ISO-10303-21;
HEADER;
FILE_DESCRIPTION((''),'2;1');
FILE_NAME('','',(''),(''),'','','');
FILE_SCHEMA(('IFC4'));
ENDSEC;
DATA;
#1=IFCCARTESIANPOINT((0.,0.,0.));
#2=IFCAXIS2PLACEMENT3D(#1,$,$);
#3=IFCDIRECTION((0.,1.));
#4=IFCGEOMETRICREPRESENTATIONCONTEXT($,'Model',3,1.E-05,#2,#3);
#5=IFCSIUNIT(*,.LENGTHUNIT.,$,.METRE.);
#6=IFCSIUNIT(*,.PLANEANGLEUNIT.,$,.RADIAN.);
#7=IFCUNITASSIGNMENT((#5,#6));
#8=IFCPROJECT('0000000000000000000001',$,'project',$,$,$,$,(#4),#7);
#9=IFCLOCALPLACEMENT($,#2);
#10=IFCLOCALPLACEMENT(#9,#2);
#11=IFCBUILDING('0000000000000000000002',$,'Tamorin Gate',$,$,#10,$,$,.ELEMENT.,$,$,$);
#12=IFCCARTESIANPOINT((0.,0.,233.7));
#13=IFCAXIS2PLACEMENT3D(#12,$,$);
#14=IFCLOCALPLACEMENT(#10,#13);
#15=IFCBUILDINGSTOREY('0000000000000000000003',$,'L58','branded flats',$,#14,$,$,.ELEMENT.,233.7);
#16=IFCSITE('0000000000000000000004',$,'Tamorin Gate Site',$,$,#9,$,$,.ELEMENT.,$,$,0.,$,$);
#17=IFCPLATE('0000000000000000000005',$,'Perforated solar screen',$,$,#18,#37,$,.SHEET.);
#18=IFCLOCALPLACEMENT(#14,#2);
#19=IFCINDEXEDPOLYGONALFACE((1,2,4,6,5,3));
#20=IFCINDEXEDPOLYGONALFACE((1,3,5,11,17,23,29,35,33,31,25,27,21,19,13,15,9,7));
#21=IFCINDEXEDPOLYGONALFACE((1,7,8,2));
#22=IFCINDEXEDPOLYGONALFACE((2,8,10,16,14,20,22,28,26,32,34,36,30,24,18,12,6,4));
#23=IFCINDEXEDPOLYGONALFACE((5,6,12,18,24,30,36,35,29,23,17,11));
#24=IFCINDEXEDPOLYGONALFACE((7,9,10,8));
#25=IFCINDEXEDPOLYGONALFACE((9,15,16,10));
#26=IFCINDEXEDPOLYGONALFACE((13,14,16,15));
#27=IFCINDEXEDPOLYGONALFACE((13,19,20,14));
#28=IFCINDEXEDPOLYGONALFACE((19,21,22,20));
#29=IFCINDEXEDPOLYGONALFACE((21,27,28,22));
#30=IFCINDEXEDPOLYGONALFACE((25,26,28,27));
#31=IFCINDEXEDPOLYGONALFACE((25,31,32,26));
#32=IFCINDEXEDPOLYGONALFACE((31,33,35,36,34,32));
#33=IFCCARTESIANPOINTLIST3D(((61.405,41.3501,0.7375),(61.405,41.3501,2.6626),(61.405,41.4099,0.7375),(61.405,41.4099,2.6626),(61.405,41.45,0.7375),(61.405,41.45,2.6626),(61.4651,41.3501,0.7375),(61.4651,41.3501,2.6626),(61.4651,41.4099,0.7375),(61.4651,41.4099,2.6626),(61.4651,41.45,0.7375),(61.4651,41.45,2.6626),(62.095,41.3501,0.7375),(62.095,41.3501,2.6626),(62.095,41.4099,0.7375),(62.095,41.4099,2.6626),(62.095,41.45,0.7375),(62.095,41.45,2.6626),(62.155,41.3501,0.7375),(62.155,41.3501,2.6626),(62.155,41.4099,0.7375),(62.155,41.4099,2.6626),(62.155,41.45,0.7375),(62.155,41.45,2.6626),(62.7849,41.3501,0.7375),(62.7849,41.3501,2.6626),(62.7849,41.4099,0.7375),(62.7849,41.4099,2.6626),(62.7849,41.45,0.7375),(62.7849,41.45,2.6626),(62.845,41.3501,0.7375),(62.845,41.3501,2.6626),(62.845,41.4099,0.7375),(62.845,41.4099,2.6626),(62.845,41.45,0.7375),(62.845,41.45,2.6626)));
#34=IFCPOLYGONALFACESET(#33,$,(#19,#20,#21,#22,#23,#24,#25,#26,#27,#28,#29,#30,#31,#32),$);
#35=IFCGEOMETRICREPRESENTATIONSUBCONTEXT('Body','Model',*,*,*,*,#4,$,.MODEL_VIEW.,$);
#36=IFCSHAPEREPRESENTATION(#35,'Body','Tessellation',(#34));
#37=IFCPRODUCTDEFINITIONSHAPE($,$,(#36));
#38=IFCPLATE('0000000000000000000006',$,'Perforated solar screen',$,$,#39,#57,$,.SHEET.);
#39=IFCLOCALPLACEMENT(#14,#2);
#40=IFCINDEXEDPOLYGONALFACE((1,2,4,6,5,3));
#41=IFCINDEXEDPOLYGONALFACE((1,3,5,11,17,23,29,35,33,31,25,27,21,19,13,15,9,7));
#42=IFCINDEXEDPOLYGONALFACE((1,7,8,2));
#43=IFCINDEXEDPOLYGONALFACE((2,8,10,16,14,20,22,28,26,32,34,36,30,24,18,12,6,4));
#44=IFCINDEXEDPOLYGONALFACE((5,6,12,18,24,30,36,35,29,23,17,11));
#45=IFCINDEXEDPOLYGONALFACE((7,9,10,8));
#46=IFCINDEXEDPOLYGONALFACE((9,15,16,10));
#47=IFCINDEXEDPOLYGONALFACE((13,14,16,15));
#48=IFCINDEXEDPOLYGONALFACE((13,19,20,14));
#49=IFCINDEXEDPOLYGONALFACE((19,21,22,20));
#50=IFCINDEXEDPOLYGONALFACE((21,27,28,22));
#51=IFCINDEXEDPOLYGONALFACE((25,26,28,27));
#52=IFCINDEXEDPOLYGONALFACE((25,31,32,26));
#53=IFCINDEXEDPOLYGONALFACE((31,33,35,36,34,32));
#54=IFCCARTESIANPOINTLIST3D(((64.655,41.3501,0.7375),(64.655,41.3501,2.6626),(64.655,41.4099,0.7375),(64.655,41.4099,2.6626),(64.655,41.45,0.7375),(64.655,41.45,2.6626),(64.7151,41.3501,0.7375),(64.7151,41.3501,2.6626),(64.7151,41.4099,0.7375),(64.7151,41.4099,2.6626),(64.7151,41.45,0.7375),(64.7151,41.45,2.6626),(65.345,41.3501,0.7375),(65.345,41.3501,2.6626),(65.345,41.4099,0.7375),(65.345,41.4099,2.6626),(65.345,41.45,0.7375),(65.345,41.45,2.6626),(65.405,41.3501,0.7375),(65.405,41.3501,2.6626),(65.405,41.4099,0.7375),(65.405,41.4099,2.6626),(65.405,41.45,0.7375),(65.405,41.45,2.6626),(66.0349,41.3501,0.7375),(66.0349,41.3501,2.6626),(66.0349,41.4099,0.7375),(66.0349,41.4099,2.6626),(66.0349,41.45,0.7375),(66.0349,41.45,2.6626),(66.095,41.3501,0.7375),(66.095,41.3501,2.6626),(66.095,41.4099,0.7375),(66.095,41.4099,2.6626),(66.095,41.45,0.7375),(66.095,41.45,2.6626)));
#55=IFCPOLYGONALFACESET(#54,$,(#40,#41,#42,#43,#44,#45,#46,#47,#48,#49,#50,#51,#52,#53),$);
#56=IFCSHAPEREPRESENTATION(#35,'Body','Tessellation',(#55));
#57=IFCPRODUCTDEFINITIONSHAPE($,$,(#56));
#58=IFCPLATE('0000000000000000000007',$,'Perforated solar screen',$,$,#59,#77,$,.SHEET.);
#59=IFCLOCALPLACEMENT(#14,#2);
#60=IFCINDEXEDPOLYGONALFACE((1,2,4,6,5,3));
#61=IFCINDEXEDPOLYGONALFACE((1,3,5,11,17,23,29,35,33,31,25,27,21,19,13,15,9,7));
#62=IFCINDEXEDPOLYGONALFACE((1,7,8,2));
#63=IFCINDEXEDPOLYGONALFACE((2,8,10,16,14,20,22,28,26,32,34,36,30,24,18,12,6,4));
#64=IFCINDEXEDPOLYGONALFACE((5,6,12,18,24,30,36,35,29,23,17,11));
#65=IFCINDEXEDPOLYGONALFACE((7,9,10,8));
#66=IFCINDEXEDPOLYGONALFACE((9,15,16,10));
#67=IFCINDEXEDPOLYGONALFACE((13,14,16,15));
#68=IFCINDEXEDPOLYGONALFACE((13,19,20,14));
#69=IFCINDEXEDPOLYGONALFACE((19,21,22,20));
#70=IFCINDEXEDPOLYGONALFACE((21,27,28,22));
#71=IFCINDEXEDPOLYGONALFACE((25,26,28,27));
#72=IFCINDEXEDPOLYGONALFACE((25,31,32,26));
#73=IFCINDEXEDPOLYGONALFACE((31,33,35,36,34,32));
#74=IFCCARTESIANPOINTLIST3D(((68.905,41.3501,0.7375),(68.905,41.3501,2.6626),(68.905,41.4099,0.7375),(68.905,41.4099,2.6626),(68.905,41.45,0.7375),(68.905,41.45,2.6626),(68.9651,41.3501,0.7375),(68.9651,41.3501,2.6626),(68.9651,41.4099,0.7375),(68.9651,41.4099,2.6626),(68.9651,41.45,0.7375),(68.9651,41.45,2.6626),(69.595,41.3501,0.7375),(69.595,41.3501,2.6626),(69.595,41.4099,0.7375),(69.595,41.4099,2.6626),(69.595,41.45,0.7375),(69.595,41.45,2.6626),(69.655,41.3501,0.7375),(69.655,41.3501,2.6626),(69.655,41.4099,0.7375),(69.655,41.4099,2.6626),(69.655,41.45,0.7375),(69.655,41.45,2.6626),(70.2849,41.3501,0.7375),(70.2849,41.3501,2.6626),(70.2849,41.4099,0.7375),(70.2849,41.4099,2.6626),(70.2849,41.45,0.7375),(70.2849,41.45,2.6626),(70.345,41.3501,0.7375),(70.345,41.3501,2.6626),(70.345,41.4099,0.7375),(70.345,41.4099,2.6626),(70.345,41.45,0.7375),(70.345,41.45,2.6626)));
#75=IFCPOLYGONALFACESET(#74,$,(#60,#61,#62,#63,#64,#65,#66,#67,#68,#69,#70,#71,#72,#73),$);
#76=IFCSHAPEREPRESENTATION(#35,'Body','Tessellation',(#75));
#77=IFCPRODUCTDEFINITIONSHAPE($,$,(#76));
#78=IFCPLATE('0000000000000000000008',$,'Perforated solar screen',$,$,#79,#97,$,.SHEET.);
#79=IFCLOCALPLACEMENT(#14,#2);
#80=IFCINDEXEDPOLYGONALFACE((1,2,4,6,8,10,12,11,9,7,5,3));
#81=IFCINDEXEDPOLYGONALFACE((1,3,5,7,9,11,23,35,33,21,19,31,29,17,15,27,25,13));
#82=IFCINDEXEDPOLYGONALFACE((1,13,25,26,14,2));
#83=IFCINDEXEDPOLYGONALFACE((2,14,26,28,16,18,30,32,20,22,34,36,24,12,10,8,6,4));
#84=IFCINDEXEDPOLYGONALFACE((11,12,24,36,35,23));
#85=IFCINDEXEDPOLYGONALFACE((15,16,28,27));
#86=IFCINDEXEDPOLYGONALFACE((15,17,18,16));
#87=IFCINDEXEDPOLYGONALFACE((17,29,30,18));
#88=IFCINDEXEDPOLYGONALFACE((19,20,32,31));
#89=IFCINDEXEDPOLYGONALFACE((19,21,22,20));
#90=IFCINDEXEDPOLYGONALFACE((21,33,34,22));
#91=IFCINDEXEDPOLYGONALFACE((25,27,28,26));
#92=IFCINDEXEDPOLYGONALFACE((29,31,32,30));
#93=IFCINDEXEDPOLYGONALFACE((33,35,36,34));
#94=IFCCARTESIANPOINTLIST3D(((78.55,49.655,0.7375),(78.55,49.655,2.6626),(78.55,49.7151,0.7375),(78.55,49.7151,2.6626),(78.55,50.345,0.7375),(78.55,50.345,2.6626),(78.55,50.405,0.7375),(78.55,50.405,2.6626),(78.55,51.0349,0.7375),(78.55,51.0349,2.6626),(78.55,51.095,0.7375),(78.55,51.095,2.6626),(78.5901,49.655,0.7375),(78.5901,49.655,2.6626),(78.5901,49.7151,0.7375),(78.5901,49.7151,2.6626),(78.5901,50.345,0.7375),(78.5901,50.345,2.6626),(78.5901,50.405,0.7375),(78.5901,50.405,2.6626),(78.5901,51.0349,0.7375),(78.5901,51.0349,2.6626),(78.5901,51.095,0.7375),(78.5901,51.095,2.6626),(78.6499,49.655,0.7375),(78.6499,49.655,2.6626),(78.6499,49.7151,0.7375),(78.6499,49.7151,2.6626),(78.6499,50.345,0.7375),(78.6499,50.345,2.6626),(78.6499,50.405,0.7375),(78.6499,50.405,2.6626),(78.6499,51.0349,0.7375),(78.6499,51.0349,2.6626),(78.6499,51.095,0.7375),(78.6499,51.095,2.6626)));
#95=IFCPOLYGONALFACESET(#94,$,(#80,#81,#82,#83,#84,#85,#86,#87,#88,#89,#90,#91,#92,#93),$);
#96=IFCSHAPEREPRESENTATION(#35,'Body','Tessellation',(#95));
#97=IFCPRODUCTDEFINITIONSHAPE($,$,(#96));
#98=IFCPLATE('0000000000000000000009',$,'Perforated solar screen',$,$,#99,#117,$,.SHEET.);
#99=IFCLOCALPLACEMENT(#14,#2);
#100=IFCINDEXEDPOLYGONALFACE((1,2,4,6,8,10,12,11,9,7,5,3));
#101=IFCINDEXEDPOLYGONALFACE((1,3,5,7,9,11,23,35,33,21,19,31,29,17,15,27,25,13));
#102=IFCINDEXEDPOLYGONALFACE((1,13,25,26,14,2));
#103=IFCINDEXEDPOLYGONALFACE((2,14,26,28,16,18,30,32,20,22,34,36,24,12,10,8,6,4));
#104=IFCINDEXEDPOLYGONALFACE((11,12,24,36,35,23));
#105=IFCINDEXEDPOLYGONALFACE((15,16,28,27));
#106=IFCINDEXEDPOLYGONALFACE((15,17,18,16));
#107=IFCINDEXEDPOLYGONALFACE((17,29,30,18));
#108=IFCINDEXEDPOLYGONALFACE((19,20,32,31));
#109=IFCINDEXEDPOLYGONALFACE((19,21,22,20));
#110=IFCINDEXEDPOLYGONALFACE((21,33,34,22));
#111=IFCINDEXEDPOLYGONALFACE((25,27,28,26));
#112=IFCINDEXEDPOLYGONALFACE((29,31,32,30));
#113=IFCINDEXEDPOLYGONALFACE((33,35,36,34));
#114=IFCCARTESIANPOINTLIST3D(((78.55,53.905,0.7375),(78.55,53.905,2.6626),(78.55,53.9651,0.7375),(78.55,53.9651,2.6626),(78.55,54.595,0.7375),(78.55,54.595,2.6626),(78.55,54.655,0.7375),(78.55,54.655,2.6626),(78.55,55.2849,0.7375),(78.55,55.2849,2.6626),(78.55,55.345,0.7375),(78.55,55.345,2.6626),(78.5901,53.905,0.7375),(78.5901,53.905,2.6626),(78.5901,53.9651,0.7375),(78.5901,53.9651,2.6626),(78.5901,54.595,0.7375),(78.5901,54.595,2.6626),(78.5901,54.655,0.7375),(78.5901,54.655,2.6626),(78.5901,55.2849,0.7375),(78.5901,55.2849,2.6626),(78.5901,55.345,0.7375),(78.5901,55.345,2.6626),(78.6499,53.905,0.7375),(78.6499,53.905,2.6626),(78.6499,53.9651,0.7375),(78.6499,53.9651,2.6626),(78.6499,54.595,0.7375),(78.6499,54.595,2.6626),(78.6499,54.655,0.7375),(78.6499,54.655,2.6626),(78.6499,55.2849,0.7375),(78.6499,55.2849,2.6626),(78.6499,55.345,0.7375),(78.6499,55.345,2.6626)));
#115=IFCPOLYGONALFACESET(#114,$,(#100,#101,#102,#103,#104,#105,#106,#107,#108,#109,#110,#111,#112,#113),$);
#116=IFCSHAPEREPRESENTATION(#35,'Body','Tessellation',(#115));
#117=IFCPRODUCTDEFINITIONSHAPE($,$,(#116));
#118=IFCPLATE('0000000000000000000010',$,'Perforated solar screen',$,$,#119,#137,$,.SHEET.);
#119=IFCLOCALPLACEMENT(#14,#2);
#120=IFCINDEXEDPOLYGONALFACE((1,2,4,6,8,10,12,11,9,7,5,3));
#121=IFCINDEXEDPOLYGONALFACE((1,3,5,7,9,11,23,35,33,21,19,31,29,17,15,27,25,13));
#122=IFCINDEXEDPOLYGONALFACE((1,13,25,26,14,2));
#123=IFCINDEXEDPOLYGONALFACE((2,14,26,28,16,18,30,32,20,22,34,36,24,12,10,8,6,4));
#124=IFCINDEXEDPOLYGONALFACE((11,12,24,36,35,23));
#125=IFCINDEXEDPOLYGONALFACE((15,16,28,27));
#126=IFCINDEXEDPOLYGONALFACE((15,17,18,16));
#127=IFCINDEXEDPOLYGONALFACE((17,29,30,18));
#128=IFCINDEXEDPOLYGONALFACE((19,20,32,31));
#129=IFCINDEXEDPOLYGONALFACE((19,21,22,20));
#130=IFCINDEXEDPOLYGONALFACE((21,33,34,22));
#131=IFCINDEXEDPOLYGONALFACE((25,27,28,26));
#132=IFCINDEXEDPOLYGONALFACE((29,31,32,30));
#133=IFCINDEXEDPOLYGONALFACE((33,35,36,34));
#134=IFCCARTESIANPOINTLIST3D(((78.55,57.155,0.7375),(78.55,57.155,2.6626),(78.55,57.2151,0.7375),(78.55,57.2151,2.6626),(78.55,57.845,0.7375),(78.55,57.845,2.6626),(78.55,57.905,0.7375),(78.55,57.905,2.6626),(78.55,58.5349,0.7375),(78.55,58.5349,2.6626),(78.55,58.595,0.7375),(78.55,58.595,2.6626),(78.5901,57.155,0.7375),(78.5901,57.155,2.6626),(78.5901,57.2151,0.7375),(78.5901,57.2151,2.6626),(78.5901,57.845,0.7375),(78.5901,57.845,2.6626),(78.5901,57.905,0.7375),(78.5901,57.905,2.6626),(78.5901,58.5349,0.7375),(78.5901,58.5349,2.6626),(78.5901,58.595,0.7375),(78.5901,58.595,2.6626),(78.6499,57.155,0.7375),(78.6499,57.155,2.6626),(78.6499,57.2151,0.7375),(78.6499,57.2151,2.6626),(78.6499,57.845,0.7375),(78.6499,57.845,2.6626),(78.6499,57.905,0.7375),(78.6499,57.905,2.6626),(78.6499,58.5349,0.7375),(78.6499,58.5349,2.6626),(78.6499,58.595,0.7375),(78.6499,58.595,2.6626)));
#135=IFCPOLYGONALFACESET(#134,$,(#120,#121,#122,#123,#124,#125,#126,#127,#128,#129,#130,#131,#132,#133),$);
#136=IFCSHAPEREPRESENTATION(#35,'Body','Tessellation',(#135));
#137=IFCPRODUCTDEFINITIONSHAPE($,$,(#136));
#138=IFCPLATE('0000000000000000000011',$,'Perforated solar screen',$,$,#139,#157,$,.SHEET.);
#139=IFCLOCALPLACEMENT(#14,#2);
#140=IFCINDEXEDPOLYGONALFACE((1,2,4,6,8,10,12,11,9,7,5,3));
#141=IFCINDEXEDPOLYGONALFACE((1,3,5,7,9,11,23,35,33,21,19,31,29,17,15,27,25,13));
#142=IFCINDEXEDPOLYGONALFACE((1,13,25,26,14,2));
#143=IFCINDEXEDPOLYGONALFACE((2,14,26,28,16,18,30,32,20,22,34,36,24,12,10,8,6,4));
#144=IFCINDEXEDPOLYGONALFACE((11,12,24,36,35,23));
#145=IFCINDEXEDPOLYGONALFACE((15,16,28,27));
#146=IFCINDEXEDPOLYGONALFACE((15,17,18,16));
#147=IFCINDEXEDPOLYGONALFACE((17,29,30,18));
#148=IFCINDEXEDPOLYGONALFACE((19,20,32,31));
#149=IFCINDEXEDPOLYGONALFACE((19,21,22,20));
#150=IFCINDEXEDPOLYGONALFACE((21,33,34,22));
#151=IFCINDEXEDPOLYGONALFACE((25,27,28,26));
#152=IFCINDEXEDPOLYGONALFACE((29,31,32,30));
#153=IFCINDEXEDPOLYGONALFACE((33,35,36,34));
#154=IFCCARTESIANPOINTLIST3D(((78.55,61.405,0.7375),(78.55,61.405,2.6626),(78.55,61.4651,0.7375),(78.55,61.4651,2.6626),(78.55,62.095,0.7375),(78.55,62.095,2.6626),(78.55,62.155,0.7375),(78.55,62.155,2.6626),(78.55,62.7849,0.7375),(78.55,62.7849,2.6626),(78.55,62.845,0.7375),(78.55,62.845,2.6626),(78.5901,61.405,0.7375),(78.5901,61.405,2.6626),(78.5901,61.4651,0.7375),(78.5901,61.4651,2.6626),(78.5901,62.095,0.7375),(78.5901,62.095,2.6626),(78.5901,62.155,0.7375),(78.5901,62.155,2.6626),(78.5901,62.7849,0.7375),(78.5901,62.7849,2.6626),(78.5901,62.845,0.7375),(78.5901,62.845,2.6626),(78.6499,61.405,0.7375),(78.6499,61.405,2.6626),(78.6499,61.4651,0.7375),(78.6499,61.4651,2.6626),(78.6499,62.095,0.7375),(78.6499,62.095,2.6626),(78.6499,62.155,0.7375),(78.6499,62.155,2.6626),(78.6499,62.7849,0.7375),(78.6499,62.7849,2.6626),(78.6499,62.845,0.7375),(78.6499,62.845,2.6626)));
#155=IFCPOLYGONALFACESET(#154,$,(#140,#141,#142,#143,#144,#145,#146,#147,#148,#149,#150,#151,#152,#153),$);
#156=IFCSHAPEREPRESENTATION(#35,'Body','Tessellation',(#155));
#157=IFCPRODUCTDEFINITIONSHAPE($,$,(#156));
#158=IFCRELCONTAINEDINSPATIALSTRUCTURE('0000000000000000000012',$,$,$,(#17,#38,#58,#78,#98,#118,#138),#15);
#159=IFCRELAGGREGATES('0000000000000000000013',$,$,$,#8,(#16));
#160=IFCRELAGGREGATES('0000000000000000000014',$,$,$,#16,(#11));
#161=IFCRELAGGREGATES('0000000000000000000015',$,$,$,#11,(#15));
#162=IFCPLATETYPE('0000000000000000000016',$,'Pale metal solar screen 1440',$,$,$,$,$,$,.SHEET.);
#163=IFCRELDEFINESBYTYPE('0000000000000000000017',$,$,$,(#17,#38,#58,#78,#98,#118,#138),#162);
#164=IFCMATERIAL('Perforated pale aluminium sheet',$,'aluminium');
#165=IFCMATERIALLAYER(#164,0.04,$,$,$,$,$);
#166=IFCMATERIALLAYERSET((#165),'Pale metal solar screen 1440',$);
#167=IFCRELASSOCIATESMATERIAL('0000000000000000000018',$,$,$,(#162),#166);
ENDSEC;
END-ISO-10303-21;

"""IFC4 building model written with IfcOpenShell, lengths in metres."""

from ifc_helpers import new_model, si_unit, direction, frame, origin, place, context, subcontext, project, spatial, polyline, outline, extrude, material, layer, layer_set, type_object, element, save


model = new_model("IFC4")

# Units and contexts
model_context = context("Model", 3, precision=1e-05, world=origin(), true_north=direction((0.0, 1.0)))
body_context = subcontext(model_context, "Body", "Model", "MODEL_VIEW")
ifc_project = project(units=[si_unit("LENGTHUNIT", "METRE"), si_unit("PLANEANGLEUNIT", "RADIAN")], contexts=[model_context])

# Site, building, storey
site_placement = place(None, origin())
site = spatial("IfcSite", under=ifc_project, at=site_placement, Name="Tamorin Gate Site", CompositionType="ELEMENT", RefElevation=0.0)
building_placement = place(site_placement, origin())
building = spatial("IfcBuilding", under=site, at=building_placement, Name="Tamorin Gate", CompositionType="ELEMENT")
storey_placement = place(building_placement, frame((0.0, 0.0, 233.7)))
storey = spatial("IfcBuildingStorey", under=building, at=storey_placement, Name="L58", Description="branded flats", CompositionType="ELEMENT", Elevation=233.7)

# Plates
ifc_material_1 = material(Name="Perforated pale aluminium sheet", Category="aluminium")
ifc_layer_1 = layer(ifc_material_1, 0.04)
ifc_layer_set_1 = layer_set([ifc_layer_1], Name="Pale metal solar screen 1440")
plate_type = type_object("IfcPlateType", Name="Pale metal solar screen 1440", PredefinedType="SHEET", material=ifc_layer_set_1)
plate_1_placement = place(storey_placement, frame((0.0, 0.0, 0.7375)))
element("IfcPlate", 1, at=plate_1_placement, inside=storey, type_object=plate_type, Name="Perforated solar screen", PredefinedType="SHEET", context=body_context, shape_type="SweptSolid", body=[
    extrude(outline(polyline([(61.405, 41.4099), (61.405, 41.45), (61.4651, 41.45), (62.095, 41.45), (62.155, 41.45), (62.7849, 41.45), (62.845, 41.45), (62.845, 41.4099), (62.845, 41.3501), (62.7849, 41.3501), (62.7849, 41.4099), (62.155, 41.4099), (62.155, 41.3501), (62.095, 41.3501), (62.095, 41.4099), (61.4651, 41.4099), (61.4651, 41.3501), (61.405, 41.3501), (61.405, 41.4099)])), origin(), (0.0, 0.0, 1.0), 1.925),
])
plate_2_placement = place(storey_placement, frame((0.0, 0.0, 0.7375)))
element("IfcPlate", 2, at=plate_2_placement, inside=storey, type_object=plate_type, Name="Perforated solar screen", PredefinedType="SHEET", context=body_context, shape_type="SweptSolid", body=[
    extrude(outline(polyline([(64.655, 41.4099), (64.655, 41.45), (64.7151, 41.45), (65.345, 41.45), (65.405, 41.45), (66.0349, 41.45), (66.095, 41.45), (66.095, 41.4099), (66.095, 41.3501), (66.0349, 41.3501), (66.0349, 41.4099), (65.405, 41.4099), (65.405, 41.3501), (65.345, 41.3501), (65.345, 41.4099), (64.7151, 41.4099), (64.7151, 41.3501), (64.655, 41.3501), (64.655, 41.4099)])), origin(), (0.0, 0.0, 1.0), 1.925),
])
plate_3_placement = place(storey_placement, frame((0.0, 0.0, 0.7375)))
element("IfcPlate", 3, at=plate_3_placement, inside=storey, type_object=plate_type, Name="Perforated solar screen", PredefinedType="SHEET", context=body_context, shape_type="SweptSolid", body=[
    extrude(outline(polyline([(68.905, 41.4099), (68.905, 41.45), (68.9651, 41.45), (69.595, 41.45), (69.655, 41.45), (70.2849, 41.45), (70.345, 41.45), (70.345, 41.4099), (70.345, 41.3501), (70.2849, 41.3501), (70.2849, 41.4099), (69.655, 41.4099), (69.655, 41.3501), (69.595, 41.3501), (69.595, 41.4099), (68.9651, 41.4099), (68.9651, 41.3501), (68.905, 41.3501), (68.905, 41.4099)])), origin(), (0.0, 0.0, 1.0), 1.925),
])
plate_4_placement = place(storey_placement, frame((0.0, 0.0, 0.7375)))
element("IfcPlate", 4, at=plate_4_placement, inside=storey, type_object=plate_type, Name="Perforated solar screen", PredefinedType="SHEET", context=body_context, shape_type="SweptSolid", body=[
    extrude(outline(polyline([(78.5901, 49.655), (78.55, 49.655), (78.55, 49.7151), (78.55, 50.345), (78.55, 50.405), (78.55, 51.0349), (78.55, 51.095), (78.55, 51.095), (78.5901, 51.095), (78.5901, 51.095), (78.6499, 51.095), (78.6499, 51.0349), (78.5901, 51.0349), (78.5901, 50.405), (78.6499, 50.405), (78.6499, 50.345), (78.5901, 50.345), (78.5901, 49.7151), (78.6499, 49.7151), (78.6499, 49.655), (78.5901, 49.655)])), origin(), (0.0, 0.0, 1.0), 1.925),
])
plate_5_placement = place(storey_placement, frame((0.0, 0.0, 0.7375)))
element("IfcPlate", 5, at=plate_5_placement, inside=storey, type_object=plate_type, Name="Perforated solar screen", PredefinedType="SHEET", context=body_context, shape_type="SweptSolid", body=[
    extrude(outline(polyline([(78.5901, 53.905), (78.55, 53.905), (78.55, 53.9651), (78.55, 54.595), (78.55, 54.655), (78.55, 55.2849), (78.55, 55.345), (78.5901, 55.345), (78.6499, 55.345), (78.6499, 55.2849), (78.5901, 55.2849), (78.5901, 54.655), (78.6499, 54.655), (78.6499, 54.595), (78.5901, 54.595), (78.5901, 53.9651), (78.6499, 53.9651), (78.6499, 53.905), (78.5901, 53.905)])), origin(), (0.0, 0.0, 1.0), 1.925),
])
plate_6_placement = place(storey_placement, frame((0.0, 0.0, 0.7375)))
element("IfcPlate", 6, at=plate_6_placement, inside=storey, type_object=plate_type, Name="Perforated solar screen", PredefinedType="SHEET", context=body_context, shape_type="SweptSolid", body=[
    extrude(outline(polyline([(78.5901, 57.155), (78.55, 57.155), (78.55, 57.2151), (78.55, 57.845), (78.55, 57.905), (78.55, 58.5349), (78.55, 58.595), (78.5901, 58.595), (78.6499, 58.595), (78.6499, 58.5349), (78.5901, 58.5349), (78.5901, 57.905), (78.6499, 57.905), (78.6499, 57.845), (78.5901, 57.845), (78.5901, 57.2151), (78.6499, 57.2151), (78.6499, 57.155), (78.5901, 57.155)])), origin(), (0.0, 0.0, 1.0), 1.925),
])
plate_7_placement = place(storey_placement, frame((0.0, 0.0, 0.7375)))
element("IfcPlate", 7, at=plate_7_placement, inside=storey, type_object=plate_type, Name="Perforated solar screen", PredefinedType="SHEET", context=body_context, shape_type="SweptSolid", body=[
    extrude(outline(polyline([(78.5901, 61.405), (78.55, 61.405), (78.55, 61.4651), (78.55, 62.095), (78.55, 62.155), (78.55, 62.7849), (78.55, 62.845), (78.5901, 62.845), (78.6499, 62.845), (78.6499, 62.7849), (78.5901, 62.7849), (78.5901, 62.155), (78.6499, 62.155), (78.6499, 62.095), (78.5901, 62.095), (78.5901, 61.4651), (78.6499, 61.4651), (78.6499, 61.405), (78.5901, 61.405)])), origin(), (0.0, 0.0, 1.0), 1.925),
])

save(model, "model.ifc")
